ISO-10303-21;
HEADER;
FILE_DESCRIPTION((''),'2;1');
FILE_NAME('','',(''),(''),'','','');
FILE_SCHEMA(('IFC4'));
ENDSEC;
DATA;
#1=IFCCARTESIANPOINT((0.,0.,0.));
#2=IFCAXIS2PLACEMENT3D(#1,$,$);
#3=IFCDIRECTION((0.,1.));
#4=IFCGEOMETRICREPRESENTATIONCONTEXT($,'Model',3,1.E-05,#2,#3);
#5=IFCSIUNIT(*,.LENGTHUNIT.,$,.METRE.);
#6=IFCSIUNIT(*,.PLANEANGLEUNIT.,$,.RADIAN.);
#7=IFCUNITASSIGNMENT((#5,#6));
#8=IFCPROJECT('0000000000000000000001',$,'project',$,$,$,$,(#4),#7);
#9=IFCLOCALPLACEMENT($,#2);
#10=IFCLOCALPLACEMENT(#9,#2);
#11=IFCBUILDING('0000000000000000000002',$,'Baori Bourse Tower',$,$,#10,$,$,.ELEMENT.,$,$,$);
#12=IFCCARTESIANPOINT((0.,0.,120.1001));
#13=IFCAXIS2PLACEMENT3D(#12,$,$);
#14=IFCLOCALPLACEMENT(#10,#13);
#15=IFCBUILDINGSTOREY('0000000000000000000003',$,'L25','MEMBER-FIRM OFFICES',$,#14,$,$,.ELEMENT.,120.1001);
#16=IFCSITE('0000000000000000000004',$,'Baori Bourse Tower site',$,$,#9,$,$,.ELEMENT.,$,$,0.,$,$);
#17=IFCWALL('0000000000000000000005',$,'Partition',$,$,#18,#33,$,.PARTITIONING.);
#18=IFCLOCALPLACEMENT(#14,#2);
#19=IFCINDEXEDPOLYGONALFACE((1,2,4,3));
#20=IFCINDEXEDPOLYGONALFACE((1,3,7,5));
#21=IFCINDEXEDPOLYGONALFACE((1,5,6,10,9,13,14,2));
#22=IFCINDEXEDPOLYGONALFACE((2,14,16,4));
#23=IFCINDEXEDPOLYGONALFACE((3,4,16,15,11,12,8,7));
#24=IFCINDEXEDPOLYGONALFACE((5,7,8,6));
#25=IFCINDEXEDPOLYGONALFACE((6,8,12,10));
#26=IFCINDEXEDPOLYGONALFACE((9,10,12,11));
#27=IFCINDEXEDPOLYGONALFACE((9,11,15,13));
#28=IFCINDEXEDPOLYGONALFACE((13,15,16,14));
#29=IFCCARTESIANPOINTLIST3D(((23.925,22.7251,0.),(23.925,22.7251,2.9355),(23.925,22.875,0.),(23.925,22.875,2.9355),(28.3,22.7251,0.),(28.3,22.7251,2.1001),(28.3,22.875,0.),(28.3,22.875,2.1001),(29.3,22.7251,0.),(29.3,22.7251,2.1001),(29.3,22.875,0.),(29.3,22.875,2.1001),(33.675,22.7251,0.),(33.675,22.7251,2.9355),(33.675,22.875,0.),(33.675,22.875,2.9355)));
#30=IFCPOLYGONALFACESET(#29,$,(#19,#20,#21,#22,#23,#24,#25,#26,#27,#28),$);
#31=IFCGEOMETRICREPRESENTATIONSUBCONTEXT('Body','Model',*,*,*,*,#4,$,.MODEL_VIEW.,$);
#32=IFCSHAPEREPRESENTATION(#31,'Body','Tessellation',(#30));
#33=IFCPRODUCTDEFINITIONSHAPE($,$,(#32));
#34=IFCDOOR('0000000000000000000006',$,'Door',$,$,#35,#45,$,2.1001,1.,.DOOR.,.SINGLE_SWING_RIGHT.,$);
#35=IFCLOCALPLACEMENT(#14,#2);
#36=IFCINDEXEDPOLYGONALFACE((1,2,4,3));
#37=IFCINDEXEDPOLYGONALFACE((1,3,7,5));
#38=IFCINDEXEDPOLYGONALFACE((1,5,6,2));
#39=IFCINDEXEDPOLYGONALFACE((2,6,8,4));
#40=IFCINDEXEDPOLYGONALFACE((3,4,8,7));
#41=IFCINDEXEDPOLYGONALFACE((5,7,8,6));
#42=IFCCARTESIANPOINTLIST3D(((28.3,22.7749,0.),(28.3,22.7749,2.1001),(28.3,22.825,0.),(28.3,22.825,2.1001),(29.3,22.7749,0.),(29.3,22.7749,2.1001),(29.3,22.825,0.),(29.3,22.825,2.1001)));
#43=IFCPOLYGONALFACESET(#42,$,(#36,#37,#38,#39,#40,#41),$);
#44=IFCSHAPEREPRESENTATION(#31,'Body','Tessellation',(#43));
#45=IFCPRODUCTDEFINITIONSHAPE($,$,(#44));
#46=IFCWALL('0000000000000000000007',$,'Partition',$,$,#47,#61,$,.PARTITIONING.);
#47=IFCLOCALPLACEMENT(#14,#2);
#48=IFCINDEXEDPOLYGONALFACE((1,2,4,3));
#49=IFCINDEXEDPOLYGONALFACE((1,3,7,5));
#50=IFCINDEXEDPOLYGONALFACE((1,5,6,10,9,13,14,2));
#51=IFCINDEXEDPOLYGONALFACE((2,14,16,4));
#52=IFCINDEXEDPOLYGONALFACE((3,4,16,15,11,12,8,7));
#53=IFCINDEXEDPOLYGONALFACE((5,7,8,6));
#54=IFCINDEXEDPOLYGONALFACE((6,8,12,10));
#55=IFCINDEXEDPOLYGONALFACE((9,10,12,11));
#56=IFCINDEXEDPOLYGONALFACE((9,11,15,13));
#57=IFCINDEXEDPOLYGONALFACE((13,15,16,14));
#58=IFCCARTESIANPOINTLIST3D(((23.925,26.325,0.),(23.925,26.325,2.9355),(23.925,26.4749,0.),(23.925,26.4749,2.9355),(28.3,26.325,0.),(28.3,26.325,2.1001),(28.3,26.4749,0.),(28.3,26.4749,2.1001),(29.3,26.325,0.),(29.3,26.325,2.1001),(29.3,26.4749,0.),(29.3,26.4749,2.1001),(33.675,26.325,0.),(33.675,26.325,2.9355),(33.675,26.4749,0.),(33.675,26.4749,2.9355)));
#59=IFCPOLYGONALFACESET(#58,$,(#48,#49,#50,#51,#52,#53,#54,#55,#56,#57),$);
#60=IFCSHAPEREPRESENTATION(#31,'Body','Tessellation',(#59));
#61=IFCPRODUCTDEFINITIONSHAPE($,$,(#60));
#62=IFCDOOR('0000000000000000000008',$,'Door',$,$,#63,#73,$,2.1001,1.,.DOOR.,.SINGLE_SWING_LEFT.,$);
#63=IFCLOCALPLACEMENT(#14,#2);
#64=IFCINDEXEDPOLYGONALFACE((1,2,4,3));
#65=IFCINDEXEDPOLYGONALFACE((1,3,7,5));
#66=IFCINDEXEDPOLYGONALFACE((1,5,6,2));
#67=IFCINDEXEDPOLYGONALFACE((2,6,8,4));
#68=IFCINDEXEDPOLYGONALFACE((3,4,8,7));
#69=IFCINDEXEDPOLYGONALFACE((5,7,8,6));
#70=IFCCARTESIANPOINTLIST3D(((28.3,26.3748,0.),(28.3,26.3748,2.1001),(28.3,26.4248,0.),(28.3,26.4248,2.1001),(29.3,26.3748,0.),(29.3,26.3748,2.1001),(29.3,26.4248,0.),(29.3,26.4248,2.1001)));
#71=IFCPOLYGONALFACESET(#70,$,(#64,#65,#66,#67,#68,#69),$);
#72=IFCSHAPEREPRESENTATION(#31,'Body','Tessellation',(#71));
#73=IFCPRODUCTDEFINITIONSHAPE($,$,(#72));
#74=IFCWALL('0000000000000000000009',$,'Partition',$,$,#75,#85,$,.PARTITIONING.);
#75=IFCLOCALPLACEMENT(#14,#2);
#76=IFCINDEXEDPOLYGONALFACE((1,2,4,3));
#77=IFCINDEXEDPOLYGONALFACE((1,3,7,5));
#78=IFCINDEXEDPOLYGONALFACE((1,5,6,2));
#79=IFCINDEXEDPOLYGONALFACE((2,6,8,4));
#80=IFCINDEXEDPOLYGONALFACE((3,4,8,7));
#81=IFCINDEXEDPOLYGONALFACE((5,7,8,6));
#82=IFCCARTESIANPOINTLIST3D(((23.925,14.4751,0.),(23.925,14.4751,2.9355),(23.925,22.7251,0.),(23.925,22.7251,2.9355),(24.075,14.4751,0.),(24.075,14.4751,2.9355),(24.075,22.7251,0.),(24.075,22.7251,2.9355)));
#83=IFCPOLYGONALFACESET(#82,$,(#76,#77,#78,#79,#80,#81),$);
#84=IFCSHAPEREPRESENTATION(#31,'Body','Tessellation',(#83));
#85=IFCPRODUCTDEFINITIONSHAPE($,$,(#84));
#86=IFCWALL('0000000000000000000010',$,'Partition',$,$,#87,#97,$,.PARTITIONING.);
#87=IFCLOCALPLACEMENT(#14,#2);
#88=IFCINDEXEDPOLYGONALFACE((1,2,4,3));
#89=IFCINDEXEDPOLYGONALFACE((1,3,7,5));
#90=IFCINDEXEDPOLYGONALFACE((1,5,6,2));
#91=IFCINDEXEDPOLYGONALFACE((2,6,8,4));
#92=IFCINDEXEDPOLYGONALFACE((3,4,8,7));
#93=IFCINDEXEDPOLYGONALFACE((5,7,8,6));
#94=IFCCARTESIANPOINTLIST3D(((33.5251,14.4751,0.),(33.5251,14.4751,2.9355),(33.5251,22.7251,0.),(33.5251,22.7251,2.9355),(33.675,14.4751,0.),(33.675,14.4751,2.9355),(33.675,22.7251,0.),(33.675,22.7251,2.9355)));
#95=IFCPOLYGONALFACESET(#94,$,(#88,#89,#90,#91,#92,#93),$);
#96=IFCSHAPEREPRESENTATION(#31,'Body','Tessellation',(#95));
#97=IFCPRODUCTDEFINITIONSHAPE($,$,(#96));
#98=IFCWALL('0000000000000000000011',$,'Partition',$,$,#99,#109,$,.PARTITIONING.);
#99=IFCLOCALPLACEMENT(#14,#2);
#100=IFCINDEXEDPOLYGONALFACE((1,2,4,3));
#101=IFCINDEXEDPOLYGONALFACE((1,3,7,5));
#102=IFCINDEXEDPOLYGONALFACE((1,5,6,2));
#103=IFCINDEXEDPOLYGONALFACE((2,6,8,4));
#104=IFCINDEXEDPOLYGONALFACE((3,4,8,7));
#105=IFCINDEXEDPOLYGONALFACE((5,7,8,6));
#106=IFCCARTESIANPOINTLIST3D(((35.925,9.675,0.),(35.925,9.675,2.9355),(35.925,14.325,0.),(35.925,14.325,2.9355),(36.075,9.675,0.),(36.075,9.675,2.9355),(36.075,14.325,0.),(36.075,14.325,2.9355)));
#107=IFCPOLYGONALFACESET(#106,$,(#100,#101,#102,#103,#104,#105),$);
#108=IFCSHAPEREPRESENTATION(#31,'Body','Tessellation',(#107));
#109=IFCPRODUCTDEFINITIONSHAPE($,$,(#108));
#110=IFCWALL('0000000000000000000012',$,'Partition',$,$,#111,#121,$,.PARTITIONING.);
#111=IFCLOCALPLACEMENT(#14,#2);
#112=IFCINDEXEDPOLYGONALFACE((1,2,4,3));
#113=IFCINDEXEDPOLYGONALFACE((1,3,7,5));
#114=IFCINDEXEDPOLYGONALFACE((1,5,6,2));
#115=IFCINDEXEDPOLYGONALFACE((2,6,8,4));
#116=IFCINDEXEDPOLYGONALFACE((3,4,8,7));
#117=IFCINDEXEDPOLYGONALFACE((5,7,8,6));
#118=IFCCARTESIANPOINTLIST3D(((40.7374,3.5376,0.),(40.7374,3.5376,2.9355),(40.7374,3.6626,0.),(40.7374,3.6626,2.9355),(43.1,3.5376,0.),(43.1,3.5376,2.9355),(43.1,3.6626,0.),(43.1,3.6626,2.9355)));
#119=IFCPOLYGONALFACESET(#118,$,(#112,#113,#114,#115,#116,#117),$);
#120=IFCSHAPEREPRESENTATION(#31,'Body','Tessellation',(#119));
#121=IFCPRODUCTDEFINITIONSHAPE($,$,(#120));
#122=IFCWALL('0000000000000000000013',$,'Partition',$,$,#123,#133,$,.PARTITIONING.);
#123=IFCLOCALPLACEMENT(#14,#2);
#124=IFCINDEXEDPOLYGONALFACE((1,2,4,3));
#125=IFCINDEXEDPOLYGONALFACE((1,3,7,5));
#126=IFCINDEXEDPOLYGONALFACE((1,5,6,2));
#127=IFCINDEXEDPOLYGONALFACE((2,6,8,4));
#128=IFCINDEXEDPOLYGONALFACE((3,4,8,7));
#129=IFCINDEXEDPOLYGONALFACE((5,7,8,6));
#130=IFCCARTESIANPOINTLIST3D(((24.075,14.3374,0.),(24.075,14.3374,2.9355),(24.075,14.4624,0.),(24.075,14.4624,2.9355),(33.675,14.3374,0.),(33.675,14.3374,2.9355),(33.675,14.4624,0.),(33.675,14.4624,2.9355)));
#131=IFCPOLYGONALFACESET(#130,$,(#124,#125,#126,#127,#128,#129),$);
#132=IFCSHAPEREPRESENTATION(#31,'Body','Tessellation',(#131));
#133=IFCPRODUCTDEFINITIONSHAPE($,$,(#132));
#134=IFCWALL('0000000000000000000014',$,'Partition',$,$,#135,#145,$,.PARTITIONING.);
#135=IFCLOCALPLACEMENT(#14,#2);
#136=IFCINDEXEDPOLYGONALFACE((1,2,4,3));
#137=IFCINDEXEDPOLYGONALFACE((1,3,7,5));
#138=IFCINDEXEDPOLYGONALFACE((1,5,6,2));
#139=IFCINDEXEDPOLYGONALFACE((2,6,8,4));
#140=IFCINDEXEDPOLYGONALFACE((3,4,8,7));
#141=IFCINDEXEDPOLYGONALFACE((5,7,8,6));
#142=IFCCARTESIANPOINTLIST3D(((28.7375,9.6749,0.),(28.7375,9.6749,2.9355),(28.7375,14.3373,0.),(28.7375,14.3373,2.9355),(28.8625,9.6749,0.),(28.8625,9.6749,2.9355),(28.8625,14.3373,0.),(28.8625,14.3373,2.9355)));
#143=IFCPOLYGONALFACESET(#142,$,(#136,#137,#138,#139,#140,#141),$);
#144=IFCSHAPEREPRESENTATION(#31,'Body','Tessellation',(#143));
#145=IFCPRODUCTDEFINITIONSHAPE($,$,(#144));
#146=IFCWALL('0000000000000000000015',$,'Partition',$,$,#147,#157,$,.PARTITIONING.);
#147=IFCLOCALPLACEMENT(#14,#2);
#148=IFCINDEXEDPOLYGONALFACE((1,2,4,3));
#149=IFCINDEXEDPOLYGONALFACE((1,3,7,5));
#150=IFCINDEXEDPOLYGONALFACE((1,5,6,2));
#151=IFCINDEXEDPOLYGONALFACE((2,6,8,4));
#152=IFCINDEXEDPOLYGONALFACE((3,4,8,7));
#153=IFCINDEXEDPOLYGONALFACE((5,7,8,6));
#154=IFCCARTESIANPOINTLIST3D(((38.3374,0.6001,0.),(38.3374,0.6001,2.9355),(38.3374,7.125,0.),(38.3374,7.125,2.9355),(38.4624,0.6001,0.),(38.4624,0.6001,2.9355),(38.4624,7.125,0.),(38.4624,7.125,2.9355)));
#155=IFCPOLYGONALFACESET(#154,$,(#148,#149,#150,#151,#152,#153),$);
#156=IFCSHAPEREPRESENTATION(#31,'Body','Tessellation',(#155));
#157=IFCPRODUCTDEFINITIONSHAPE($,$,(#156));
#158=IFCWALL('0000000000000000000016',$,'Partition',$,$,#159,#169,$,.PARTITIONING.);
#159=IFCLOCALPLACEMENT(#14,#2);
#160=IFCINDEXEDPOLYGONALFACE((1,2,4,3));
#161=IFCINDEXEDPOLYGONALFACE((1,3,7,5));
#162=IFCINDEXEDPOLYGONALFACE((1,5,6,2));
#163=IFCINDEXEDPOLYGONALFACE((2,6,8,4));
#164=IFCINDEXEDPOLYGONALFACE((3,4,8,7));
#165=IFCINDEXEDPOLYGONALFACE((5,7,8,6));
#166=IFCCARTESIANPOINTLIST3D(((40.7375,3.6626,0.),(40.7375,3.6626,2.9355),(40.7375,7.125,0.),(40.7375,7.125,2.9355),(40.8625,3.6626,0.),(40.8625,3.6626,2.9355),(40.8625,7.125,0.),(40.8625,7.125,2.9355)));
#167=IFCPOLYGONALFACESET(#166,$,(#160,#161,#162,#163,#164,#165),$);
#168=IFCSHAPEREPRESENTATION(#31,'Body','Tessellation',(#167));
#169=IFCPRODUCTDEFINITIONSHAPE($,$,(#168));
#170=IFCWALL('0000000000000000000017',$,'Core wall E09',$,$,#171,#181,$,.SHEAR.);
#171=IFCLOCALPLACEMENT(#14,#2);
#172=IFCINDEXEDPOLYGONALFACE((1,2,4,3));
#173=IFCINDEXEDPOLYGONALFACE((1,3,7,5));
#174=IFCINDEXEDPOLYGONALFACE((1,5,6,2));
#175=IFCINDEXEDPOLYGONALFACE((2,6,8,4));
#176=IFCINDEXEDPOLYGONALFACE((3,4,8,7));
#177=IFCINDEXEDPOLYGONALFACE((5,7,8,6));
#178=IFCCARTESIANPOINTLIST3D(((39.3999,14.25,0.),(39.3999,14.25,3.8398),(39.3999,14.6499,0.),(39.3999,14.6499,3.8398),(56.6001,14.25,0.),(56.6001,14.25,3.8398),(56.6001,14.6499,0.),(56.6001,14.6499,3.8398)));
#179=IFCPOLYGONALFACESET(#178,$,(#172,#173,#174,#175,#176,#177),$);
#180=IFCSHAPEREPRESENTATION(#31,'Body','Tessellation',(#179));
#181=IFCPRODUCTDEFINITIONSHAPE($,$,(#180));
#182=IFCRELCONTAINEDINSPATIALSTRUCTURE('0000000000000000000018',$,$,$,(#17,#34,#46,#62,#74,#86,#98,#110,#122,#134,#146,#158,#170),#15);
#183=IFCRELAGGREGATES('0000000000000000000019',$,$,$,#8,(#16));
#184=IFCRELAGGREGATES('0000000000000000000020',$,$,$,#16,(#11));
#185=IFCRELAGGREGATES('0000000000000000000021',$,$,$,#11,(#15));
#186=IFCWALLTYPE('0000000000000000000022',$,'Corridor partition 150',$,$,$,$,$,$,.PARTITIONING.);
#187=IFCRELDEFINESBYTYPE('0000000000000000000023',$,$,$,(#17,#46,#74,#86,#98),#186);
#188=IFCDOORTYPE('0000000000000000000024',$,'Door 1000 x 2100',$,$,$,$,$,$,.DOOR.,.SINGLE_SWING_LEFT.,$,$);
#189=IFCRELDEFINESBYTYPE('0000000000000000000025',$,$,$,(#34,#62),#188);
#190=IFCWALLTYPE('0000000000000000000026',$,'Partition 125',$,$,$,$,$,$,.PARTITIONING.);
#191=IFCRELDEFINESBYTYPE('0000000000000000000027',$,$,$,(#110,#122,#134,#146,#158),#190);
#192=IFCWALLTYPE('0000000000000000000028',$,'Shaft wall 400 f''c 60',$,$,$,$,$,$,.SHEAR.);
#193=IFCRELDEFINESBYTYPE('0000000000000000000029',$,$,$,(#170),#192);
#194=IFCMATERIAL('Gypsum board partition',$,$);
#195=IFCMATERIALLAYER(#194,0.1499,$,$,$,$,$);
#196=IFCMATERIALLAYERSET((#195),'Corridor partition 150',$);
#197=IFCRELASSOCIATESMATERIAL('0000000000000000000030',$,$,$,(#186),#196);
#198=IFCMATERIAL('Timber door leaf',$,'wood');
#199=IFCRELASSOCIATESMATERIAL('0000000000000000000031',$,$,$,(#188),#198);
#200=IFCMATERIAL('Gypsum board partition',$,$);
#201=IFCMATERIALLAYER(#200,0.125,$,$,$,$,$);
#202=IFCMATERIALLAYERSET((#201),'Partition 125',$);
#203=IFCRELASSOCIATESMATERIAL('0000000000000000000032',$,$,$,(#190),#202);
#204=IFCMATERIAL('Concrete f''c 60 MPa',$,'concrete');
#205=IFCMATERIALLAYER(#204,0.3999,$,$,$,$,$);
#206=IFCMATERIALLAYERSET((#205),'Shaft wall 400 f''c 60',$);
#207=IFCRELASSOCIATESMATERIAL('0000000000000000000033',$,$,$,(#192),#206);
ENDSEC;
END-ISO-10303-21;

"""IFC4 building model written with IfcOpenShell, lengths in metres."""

from ifc_helpers import new_model, si_unit, direction, frame, frame_2d, origin, place, context, subcontext, project, spatial, rectangle, extrude, material, layer, layer_set, type_object, element, fill, save


model = new_model("IFC4")

# Units and contexts
model_context = context("Model", 3, precision=1e-05, world=origin(), true_north=direction((0.0, 1.0)))
body_context = subcontext(model_context, "Body", "Model", "MODEL_VIEW")
ifc_project = project(units=[si_unit("LENGTHUNIT", "METRE"), si_unit("PLANEANGLEUNIT", "RADIAN")], contexts=[model_context])

# Site, building, storey
site_placement = place(None, origin())
site = spatial("IfcSite", under=ifc_project, at=site_placement, Name="Baori Bourse Tower site", CompositionType="ELEMENT", RefElevation=0.0)
building_placement = place(site_placement, origin())
building = spatial("IfcBuilding", under=site, at=building_placement, Name="Baori Bourse Tower", CompositionType="ELEMENT")
storey_placement = place(building_placement, frame((0.0, 0.0, 120.1001)))
storey = spatial("IfcBuildingStorey", under=building, at=storey_placement, Name="L25", Description="MEMBER-FIRM OFFICES", CompositionType="ELEMENT", Elevation=120.1001)

# Shared definitions
ifc_material_1 = material(Name="Gypsum board partition")
ifc_layer_1 = layer(ifc_material_1, 0.1499)
ifc_layer_set_1 = layer_set([ifc_layer_1], Name="Corridor partition 150")
wall_type_1 = type_object("IfcWallType", Name="Corridor partition 150", PredefinedType="PARTITIONING", material=ifc_layer_set_1)

# Walls, openings, doors
wall_1_placement = place(storey_placement, frame((23.925, 22.8, 0.0), z_axis=(0.0, 0.0, 1.0), x_axis=(1.0, 0.0, 0.0)))
wall_1 = element("IfcWall", 1, at=wall_1_placement, inside=storey, type_object=wall_type_1, Name="Partition", PredefinedType="PARTITIONING", context=body_context, shape_type="SweptSolid", body=[
    extrude(rectangle(XDim=9.75, YDim=0.1499, at=frame_2d((4.875, 0.0))), origin(), (0.0, 0.0, 1.0), 2.9355),
])
opening_1_placement = place(wall_1_placement, frame((4.375, 0.0, 0.0)))
opening_1 = element("IfcOpeningElement", 2, at=opening_1_placement, cuts=wall_1, PredefinedType="OPENING", context=body_context, shape_type="SweptSolid", body=[
    extrude(rectangle(XDim=1.0, YDim=2.1001, at=frame_2d((0.5, 1.05))), frame((0.0, 0.085, 0.0), z_axis=(0.0, -1.0, 0.0), x_axis=(1.0, 0.0, 0.0)), (0.0, 0.0, 1.0), 0.1699),
])
ifc_material_2 = material(Name="Timber door leaf", Category="wood")
door_type_1 = type_object("IfcDoorType", Name="Door 1000 x 2100", OperationType="SINGLE_SWING_LEFT", PredefinedType="DOOR", material=ifc_material_2)
door_1_placement = place(opening_1_placement, origin())
door_1 = element("IfcDoor", 3, at=door_1_placement, inside=storey, type_object=door_type_1, Name="Door", OperationType="SINGLE_SWING_RIGHT", OverallHeight=2.1001, OverallWidth=1.0, PredefinedType="DOOR", context=body_context, shape_type="SweptSolid", body=[
    extrude(rectangle(XDim=1.0, YDim=2.1001, at=frame_2d((0.5, 1.05))), frame((0.0, 0.0249, 0.0), z_axis=(0.0, -1.0, 0.0), x_axis=(1.0, 0.0, 0.0)), (0.0, 0.0, 1.0), 0.05),
])
fill(opening_1, door_1)
wall_2_placement = place(storey_placement, frame((23.925, 26.3999, 0.0), z_axis=(0.0, 0.0, 1.0), x_axis=(1.0, 0.0, 0.0)))
wall_2 = element("IfcWall", 4, at=wall_2_placement, inside=storey, type_object=wall_type_1, Name="Partition", PredefinedType="PARTITIONING", context=body_context, shape_type="SweptSolid", body=[
    extrude(rectangle(XDim=9.75, YDim=0.1499, at=frame_2d((4.875, 0.0))), origin(), (0.0, 0.0, 1.0), 2.9355),
])
opening_2_placement = place(wall_2_placement, frame((4.375, 0.0, 0.0)))
opening_2 = element("IfcOpeningElement", 5, at=opening_2_placement, cuts=wall_2, PredefinedType="OPENING", context=body_context, shape_type="SweptSolid", body=[
    extrude(rectangle(XDim=1.0, YDim=2.1001, at=frame_2d((0.5, 1.05))), frame((0.0, 0.085, 0.0), z_axis=(0.0, -1.0, 0.0), x_axis=(1.0, 0.0, 0.0)), (0.0, 0.0, 1.0), 0.1699),
])
door_2_placement = place(opening_2_placement, origin())
door_2 = element("IfcDoor", 6, at=door_2_placement, inside=storey, type_object=door_type_1, Name="Door", OperationType="SINGLE_SWING_LEFT", OverallHeight=2.1001, OverallWidth=1.0, PredefinedType="DOOR", context=body_context, shape_type="SweptSolid", body=[
    extrude(rectangle(XDim=1.0, YDim=2.1001, at=frame_2d((0.5, 1.05))), frame((0.0, 0.0249, 0.0), z_axis=(0.0, -1.0, 0.0), x_axis=(1.0, 0.0, 0.0)), (0.0, 0.0, 1.0), 0.05),
])
fill(opening_2, door_2)

# Walls
for number, where, z_axis, x_axis, name in (
    (7, (24.0, 14.4751, 0.0), (0.0, 0.0, 1.0), (0.0, 1.0, 0.0), "Partition"),
    (8, (33.6001, 14.4751, 0.0), (0.0, 0.0, 1.0), (0.0, 1.0, 0.0), "Partition"),
):
    element("IfcWall", number, at=place(storey_placement, frame(where, z_axis=z_axis, x_axis=x_axis)), inside=storey, type_object=wall_type_1, Name=name, PredefinedType="PARTITIONING", context=body_context, shape_type="SweptSolid", body=[
        extrude(rectangle(XDim=8.25, YDim=0.1499, at=frame_2d((4.125, 0.0))), origin(), (0.0, 0.0, 1.0), 2.9355),
    ])
wall_3_placement = place(storey_placement, frame((36.0, 9.675, 0.0), z_axis=(0.0, 0.0, 1.0), x_axis=(0.0, 1.0, 0.0)))
element("IfcWall", 9, at=wall_3_placement, inside=storey, type_object=wall_type_1, Name="Partition", PredefinedType="PARTITIONING", context=body_context, shape_type="SweptSolid", body=[
    extrude(rectangle(XDim=4.6499, YDim=0.1499, at=frame_2d((2.325, 0.0))), origin(), (0.0, 0.0, 1.0), 2.9355),
])
ifc_material_3 = material(Name="Gypsum board partition")
ifc_layer_2 = layer(ifc_material_3, 0.125)
ifc_layer_set_2 = layer_set([ifc_layer_2], Name="Partition 125")
wall_type_2 = type_object("IfcWallType", Name="Partition 125", PredefinedType="PARTITIONING", material=ifc_layer_set_2)
wall_4_placement = place(storey_placement, frame((40.7375, 3.6001, 0.0), z_axis=(0.0, 0.0, 1.0), x_axis=(1.0, 0.0, 0.0)))
element("IfcWall", 10, at=wall_4_placement, inside=storey, type_object=wall_type_2, Name="Partition", PredefinedType="PARTITIONING", context=body_context, shape_type="SweptSolid", body=[
    extrude(rectangle(XDim=2.3625, YDim=0.125, at=frame_2d((1.1812, 0.0))), origin(), (0.0, 0.0, 1.0), 2.9355),
])
wall_5_placement = place(storey_placement, frame((24.075, 14.3999, 0.0), z_axis=(0.0, 0.0, 1.0), x_axis=(1.0, 0.0, 0.0)))
element("IfcWall", 11, at=wall_5_placement, inside=storey, type_object=wall_type_2, Name="Partition", PredefinedType="PARTITIONING", context=body_context, shape_type="SweptSolid", body=[
    extrude(rectangle(XDim=9.6001, YDim=0.125, at=frame_2d((4.8, 0.0))), origin(), (0.0, 0.0, 1.0), 2.9355),
])
wall_6_placement = place(storey_placement, frame((28.8, 9.675, 0.0), z_axis=(0.0, 0.0, 1.0), x_axis=(0.0, 1.0, 0.0)))
element("IfcWall", 12, at=wall_6_placement, inside=storey, type_object=wall_type_2, Name="Partition", PredefinedType="PARTITIONING", context=body_context, shape_type="SweptSolid", body=[
    extrude(rectangle(XDim=4.6624, YDim=0.125, at=frame_2d((2.3311, 0.0))), origin(), (0.0, 0.0, 1.0), 2.9355),
])
wall_7_placement = place(storey_placement, frame((38.3999, 0.6001, 0.0), z_axis=(0.0, 0.0, 1.0), x_axis=(0.0, 1.0, 0.0)))
element("IfcWall", 13, at=wall_7_placement, inside=storey, type_object=wall_type_2, Name="Partition", PredefinedType="PARTITIONING", context=body_context, shape_type="SweptSolid", body=[
    extrude(rectangle(XDim=6.5249, YDim=0.125, at=frame_2d((3.2625, 0.0))), origin(), (0.0, 0.0, 1.0), 2.9355),
])
wall_8_placement = place(storey_placement, frame((40.8, 3.6626, 0.0), z_axis=(0.0, 0.0, 1.0), x_axis=(0.0, 1.0, 0.0)))
element("IfcWall", 14, at=wall_8_placement, inside=storey, type_object=wall_type_2, Name="Partition", PredefinedType="PARTITIONING", context=body_context, shape_type="SweptSolid", body=[
    extrude(rectangle(XDim=3.4624, YDim=0.125, at=frame_2d((1.7312, 0.0))), origin(), (0.0, 0.0, 1.0), 2.9355),
])
ifc_material_4 = material(Name="Concrete f'c 60 MPa", Category="concrete")
ifc_layer_3 = layer(ifc_material_4, 0.3999)
ifc_layer_set_3 = layer_set([ifc_layer_3], Name="Shaft wall 400 f'c 60")
wall_type_3 = type_object("IfcWallType", Name="Shaft wall 400 f'c 60", PredefinedType="SHEAR", material=ifc_layer_set_3)
wall_9_placement = place(storey_placement, frame((39.3999, 14.45, 0.0), z_axis=(0.0, 0.0, 1.0), x_axis=(1.0, 0.0, 0.0)))
element("IfcWall", 15, at=wall_9_placement, inside=storey, type_object=wall_type_3, Name="Core wall E09", PredefinedType="SHEAR", context=body_context, shape_type="SweptSolid", body=[
    extrude(rectangle(XDim=17.2002, YDim=0.3999, at=frame_2d((8.6001, 0.0))), origin(), (0.0, 0.0, 1.0), 3.8398),
])

save(model, "model.ifc")
